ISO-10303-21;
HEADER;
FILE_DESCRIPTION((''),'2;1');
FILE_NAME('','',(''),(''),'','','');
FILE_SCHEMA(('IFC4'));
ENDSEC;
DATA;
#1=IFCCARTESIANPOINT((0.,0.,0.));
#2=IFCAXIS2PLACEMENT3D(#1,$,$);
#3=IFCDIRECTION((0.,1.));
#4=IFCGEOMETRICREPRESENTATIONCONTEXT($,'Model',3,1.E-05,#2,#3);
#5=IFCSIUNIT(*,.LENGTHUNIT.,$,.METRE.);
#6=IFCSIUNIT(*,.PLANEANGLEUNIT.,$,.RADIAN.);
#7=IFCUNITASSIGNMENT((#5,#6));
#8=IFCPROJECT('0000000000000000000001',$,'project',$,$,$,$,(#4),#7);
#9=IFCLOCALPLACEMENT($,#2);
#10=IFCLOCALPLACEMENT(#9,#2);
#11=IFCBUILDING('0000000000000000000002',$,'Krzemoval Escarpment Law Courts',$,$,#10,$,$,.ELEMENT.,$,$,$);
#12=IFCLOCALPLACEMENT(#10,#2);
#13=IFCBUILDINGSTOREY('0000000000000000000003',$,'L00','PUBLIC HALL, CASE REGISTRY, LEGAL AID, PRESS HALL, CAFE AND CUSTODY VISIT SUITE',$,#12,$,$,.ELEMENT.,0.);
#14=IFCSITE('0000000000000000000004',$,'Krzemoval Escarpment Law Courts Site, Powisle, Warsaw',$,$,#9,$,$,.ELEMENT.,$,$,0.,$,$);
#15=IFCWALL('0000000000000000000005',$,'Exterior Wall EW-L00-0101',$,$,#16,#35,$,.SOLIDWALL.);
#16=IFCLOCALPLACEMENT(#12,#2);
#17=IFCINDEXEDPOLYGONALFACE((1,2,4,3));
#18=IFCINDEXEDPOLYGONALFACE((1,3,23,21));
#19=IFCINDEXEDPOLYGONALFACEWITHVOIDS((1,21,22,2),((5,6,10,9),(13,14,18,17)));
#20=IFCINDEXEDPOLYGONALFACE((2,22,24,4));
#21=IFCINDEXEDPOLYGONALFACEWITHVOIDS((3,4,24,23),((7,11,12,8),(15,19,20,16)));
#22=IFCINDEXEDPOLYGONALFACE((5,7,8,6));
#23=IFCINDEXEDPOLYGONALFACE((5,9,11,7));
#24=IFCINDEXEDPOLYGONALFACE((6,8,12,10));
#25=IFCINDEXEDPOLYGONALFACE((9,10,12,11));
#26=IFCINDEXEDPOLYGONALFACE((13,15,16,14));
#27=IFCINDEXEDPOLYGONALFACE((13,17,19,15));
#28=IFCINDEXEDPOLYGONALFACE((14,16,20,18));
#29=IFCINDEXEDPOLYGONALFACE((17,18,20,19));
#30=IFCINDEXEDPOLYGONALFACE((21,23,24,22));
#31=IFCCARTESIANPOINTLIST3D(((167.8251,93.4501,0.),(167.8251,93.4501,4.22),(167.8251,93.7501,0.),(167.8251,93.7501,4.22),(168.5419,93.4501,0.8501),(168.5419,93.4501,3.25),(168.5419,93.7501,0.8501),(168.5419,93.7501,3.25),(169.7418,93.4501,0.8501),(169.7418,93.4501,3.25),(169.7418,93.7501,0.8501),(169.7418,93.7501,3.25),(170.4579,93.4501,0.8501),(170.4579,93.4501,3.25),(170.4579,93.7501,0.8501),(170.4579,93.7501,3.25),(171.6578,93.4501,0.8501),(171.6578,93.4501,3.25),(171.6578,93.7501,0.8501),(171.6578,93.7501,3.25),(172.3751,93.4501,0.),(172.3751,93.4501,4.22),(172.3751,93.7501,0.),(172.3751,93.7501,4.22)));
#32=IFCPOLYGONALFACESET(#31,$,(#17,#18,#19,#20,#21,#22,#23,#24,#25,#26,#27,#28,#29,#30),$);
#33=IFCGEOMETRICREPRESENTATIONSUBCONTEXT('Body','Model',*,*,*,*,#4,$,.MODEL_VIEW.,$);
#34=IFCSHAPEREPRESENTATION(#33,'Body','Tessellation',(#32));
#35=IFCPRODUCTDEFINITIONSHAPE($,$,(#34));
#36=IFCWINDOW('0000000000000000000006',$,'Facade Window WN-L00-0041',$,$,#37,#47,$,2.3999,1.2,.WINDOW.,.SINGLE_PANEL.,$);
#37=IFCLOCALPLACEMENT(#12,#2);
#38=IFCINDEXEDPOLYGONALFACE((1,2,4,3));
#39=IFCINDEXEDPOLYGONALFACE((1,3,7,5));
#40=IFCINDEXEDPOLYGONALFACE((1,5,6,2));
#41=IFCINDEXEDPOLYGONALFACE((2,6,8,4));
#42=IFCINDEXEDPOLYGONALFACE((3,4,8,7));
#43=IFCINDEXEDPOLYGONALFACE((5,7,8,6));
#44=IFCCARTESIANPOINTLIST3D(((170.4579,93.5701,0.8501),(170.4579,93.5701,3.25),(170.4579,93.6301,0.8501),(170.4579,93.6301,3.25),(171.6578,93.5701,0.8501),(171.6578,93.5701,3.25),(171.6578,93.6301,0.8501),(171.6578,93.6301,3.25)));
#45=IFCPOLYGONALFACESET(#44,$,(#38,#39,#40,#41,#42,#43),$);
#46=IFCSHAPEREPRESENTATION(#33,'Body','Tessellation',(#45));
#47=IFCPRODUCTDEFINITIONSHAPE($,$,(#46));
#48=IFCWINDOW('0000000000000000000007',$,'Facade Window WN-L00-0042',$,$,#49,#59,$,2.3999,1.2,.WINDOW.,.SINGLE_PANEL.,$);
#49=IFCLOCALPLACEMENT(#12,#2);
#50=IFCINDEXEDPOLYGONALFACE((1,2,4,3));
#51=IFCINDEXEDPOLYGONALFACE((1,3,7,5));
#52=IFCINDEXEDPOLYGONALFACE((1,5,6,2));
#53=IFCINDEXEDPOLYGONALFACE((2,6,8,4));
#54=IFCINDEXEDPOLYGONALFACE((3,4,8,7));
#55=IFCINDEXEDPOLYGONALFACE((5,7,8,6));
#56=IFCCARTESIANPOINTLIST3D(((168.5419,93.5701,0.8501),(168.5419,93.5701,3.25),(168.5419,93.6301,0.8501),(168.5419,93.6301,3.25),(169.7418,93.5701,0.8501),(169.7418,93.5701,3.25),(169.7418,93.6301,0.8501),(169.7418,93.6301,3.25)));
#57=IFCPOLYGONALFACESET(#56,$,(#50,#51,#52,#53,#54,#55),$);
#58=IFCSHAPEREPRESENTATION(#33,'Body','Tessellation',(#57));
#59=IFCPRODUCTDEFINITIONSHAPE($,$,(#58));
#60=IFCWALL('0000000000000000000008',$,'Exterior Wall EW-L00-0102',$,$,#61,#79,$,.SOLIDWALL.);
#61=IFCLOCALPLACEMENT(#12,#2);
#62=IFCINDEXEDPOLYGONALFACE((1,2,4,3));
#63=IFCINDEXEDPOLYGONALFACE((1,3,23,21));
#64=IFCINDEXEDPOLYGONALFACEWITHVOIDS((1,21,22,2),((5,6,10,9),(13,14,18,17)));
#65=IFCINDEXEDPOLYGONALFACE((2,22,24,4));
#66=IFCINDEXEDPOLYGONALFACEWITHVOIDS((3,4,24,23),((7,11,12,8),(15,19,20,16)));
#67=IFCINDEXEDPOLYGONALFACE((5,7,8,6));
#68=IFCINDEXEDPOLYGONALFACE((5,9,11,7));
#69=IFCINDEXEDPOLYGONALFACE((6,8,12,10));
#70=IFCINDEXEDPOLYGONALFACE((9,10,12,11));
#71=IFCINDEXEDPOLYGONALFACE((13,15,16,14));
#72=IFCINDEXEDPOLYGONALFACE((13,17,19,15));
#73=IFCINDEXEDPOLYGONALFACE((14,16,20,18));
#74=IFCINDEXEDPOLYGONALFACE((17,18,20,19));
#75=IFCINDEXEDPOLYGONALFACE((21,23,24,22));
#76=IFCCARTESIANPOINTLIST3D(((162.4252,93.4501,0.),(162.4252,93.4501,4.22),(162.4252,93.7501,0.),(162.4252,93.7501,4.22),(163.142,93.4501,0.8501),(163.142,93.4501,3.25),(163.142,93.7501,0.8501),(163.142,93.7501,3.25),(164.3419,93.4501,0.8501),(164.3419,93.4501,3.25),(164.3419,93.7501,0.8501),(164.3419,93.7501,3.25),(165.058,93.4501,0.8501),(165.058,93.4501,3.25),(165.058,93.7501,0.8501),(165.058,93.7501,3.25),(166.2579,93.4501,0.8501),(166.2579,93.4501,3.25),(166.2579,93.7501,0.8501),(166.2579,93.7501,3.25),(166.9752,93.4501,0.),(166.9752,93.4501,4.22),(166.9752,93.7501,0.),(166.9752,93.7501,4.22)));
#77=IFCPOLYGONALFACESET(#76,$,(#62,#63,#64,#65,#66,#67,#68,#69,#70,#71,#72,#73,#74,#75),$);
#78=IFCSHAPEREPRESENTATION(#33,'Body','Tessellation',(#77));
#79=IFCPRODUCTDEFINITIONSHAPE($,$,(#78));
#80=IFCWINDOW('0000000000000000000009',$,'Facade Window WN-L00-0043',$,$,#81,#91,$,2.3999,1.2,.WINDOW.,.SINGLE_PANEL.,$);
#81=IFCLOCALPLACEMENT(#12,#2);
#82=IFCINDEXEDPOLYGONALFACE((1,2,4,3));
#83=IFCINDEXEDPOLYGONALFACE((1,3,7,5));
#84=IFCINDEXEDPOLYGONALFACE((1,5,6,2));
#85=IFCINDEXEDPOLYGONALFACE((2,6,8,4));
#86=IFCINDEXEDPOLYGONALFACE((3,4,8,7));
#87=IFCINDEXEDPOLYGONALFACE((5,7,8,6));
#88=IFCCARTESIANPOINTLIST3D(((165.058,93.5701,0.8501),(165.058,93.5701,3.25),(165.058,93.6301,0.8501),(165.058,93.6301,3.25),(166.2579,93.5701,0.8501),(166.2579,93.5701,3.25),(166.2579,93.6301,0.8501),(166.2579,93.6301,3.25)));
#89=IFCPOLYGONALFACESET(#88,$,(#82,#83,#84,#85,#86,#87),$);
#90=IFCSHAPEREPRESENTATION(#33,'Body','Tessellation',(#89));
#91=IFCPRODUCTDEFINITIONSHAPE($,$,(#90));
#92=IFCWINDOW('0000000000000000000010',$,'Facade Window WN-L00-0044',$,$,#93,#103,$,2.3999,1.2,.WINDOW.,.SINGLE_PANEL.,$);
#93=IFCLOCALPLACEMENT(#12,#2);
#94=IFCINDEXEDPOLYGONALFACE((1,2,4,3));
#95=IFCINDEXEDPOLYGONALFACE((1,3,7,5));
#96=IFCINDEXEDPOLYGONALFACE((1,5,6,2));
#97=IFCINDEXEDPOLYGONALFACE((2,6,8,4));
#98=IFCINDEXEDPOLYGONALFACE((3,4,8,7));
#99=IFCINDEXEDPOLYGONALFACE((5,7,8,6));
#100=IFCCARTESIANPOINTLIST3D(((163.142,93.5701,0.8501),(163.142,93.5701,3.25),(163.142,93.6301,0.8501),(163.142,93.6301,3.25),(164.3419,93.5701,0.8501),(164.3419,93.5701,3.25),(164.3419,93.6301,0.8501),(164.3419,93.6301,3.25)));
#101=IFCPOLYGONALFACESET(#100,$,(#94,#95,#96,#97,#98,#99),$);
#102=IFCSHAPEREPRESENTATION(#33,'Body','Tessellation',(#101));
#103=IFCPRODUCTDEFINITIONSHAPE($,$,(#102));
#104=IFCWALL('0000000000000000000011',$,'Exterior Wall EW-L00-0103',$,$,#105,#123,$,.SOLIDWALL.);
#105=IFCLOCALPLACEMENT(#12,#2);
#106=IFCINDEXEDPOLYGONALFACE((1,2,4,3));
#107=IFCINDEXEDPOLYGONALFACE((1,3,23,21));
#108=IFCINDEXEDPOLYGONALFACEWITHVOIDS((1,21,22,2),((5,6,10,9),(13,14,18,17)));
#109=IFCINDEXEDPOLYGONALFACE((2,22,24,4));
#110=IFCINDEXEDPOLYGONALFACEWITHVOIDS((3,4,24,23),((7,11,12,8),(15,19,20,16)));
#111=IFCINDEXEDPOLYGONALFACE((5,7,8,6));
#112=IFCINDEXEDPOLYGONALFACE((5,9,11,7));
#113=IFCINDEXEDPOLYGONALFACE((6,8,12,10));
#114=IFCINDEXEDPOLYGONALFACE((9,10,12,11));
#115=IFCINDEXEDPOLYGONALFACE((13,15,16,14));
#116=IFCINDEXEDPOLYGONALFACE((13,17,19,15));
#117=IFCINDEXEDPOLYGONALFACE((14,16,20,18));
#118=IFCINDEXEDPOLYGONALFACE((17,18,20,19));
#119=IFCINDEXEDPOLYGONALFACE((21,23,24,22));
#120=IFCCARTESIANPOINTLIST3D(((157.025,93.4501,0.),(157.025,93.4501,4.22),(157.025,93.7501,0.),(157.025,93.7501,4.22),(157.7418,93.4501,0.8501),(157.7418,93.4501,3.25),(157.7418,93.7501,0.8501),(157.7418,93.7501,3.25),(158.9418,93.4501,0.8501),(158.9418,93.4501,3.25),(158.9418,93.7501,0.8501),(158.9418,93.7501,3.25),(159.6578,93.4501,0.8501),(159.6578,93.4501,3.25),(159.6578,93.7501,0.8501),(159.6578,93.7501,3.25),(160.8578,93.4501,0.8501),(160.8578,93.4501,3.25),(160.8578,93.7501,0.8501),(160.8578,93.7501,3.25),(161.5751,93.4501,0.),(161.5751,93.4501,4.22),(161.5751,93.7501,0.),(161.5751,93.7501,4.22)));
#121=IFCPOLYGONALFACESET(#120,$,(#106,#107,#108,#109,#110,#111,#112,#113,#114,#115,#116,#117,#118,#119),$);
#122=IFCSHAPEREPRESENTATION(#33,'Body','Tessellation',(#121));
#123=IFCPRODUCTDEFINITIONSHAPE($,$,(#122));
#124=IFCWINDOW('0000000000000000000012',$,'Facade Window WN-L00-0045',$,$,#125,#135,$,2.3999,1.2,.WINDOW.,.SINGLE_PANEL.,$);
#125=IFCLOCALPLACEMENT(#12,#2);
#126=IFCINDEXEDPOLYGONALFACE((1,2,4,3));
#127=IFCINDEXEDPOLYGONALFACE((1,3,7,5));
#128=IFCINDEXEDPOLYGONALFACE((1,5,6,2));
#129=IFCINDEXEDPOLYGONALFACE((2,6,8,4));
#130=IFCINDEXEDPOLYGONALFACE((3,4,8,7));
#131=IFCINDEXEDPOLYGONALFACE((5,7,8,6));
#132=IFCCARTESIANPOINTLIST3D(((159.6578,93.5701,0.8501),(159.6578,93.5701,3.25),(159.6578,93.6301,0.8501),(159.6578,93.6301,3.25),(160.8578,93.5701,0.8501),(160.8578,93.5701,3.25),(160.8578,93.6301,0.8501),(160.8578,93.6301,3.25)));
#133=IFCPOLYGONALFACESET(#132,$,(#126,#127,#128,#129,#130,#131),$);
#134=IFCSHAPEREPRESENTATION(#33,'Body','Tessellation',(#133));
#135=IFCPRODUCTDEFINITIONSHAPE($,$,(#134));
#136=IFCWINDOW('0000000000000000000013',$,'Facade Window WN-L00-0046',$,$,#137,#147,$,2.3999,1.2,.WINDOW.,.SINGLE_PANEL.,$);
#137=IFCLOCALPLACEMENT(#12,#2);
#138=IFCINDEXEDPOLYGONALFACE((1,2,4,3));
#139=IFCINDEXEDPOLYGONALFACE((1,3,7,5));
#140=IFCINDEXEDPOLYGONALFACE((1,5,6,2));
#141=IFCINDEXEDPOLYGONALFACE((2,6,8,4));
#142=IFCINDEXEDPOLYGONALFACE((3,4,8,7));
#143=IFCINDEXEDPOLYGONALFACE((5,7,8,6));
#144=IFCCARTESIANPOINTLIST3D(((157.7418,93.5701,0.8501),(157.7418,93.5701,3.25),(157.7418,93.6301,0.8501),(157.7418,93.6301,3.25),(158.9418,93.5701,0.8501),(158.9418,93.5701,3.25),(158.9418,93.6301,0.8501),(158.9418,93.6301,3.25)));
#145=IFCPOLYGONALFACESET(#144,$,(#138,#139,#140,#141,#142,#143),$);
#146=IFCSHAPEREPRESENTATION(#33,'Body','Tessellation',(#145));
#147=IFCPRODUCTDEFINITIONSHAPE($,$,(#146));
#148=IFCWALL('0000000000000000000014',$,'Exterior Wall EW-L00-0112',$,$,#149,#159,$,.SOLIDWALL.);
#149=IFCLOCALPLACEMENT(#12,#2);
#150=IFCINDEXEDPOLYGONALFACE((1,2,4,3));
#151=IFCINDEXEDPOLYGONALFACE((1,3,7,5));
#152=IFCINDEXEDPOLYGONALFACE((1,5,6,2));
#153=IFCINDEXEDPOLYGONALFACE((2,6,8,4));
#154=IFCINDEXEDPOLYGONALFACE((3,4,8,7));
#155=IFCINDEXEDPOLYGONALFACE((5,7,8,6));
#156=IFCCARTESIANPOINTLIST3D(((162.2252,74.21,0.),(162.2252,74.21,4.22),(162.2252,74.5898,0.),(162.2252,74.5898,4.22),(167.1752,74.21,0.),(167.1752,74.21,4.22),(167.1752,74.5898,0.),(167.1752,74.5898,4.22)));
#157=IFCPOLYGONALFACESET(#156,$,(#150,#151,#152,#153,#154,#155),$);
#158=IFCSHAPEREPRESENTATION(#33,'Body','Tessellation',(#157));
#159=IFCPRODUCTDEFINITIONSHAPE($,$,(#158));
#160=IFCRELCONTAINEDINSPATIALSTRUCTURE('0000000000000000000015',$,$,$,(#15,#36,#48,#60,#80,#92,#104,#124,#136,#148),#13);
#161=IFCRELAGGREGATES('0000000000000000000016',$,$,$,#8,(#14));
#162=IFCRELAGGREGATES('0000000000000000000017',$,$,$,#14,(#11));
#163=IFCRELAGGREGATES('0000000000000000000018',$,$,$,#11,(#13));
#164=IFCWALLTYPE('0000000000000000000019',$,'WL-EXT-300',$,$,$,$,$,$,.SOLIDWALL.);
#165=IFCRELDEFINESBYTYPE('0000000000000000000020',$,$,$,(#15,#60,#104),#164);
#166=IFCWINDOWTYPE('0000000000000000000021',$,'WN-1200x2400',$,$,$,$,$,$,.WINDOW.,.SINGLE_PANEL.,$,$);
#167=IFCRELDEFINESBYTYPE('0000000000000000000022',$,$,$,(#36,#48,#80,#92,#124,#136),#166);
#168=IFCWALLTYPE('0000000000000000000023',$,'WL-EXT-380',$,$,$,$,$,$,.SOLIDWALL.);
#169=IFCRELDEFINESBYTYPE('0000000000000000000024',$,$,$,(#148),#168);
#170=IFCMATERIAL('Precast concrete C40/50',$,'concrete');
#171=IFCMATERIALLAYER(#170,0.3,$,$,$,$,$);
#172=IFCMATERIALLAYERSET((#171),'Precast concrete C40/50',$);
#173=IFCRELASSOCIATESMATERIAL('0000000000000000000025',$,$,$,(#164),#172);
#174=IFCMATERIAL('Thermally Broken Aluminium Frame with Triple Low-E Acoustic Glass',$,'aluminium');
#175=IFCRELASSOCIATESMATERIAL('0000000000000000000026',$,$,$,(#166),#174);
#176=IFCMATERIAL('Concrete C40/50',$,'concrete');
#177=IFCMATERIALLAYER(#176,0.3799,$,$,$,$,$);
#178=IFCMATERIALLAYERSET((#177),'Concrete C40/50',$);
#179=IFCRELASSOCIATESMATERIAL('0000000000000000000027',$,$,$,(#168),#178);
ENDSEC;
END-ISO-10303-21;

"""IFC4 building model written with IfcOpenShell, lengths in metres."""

from ifc_helpers import new_model, si_unit, direction, frame, frame_2d, origin, place, context, subcontext, project, spatial, rectangle, extrude, material, layer, layer_set, type_object, element, fill, save


model = new_model("IFC4")

# Units and contexts
model_context = context("Model", 3, precision=1e-05, world=origin(), true_north=direction((0.0, 1.0)))
body_context = subcontext(model_context, "Body", "Model", "MODEL_VIEW")
ifc_project = project(units=[si_unit("LENGTHUNIT", "METRE"), si_unit("PLANEANGLEUNIT", "RADIAN")], contexts=[model_context])

# Site, building, storey
site_placement = place(None, origin())
site = spatial("IfcSite", under=ifc_project, at=site_placement, Name="Krzemoval Escarpment Law Courts Site, Powisle, Warsaw", CompositionType="ELEMENT", RefElevation=0.0)
building_placement = place(site_placement, origin())
building = spatial("IfcBuilding", under=site, at=building_placement, Name="Krzemoval Escarpment Law Courts", CompositionType="ELEMENT")
storey_placement = place(building_placement, origin())
storey = spatial("IfcBuildingStorey", under=building, at=storey_placement, Name="L00", Description="PUBLIC HALL, CASE REGISTRY, LEGAL AID, PRESS HALL, CAFE AND CUSTODY VISIT SUITE", CompositionType="ELEMENT", Elevation=0.0)

# Walls, openings, windows
ifc_material_1 = material(Name="Precast concrete C40/50", Category="concrete")
ifc_layer_1 = layer(ifc_material_1, 0.3)
ifc_layer_set_1 = layer_set([ifc_layer_1], Name="Precast concrete C40/50")
wall_type_1 = type_object("IfcWallType", Name="WL-EXT-300", PredefinedType="SOLIDWALL", material=ifc_layer_set_1)
wall_1_placement = place(storey_placement, frame((172.375, 93.6001, 0.0), z_axis=(0.0, 0.0, 1.0), x_axis=(-1.0, 0.0, 0.0)))
wall_1 = element("IfcWall", 1, at=wall_1_placement, inside=storey, type_object=wall_type_1, Name="Exterior Wall EW-L00-0101", PredefinedType="SOLIDWALL", context=body_context, shape_type="SweptSolid", body=[
    extrude(rectangle(XDim=4.55, YDim=0.3, at=frame_2d((2.2749, 0.0))), origin(), (0.0, 0.0, 1.0), 4.22),
])
opening_1_placement = place(wall_1_placement, frame((0.717, 0.0, 0.8501)))
opening_1 = element("IfcOpeningElement", 2, at=opening_1_placement, cuts=wall_1, PredefinedType="OPENING", context=body_context, shape_type="SweptSolid", body=[
    extrude(rectangle(XDim=1.2, YDim=2.3999, at=frame_2d((0.6001, 1.2))), frame((0.0, 0.165, 0.0), z_axis=(0.0, -1.0, 0.0), x_axis=(1.0, 0.0, 0.0)), (0.0, 0.0, 1.0), 0.3301),
])
opening_2_placement = place(wall_1_placement, frame((2.6331, 0.0, 0.8501)))
opening_2 = element("IfcOpeningElement", 3, at=opening_2_placement, cuts=wall_1, PredefinedType="OPENING", context=body_context, shape_type="SweptSolid", body=[
    extrude(rectangle(XDim=1.2, YDim=2.3999, at=frame_2d((0.6001, 1.2))), frame((0.0, 0.165, 0.0), z_axis=(0.0, -1.0, 0.0), x_axis=(1.0, 0.0, 0.0)), (0.0, 0.0, 1.0), 0.3301),
])
ifc_material_2 = material(Name="Thermally Broken Aluminium Frame with Triple Low-E Acoustic Glass", Category="aluminium")
window_type_1 = type_object("IfcWindowType", Name="WN-1200x2400", PartitioningType="SINGLE_PANEL", PredefinedType="WINDOW", material=ifc_material_2)
window_1_placement = place(opening_1_placement, origin())
window_1 = element("IfcWindow", 4, at=window_1_placement, inside=storey, type_object=window_type_1, Name="Facade Window WN-L00-0041", OverallHeight=2.3999, OverallWidth=1.2, PartitioningType="SINGLE_PANEL", PredefinedType="WINDOW", context=body_context, shape_type="SweptSolid", body=[
    extrude(rectangle(XDim=1.2, YDim=2.3999, at=frame_2d((0.6001, 1.2))), frame((0.0, 0.03, 0.0), z_axis=(0.0, -1.0, 0.0), x_axis=(1.0, 0.0, 0.0)), (0.0, 0.0, 1.0), 0.0601),
])
fill(opening_1, window_1)
window_2_placement = place(opening_2_placement, origin())
window_2 = element("IfcWindow", 5, at=window_2_placement, inside=storey, type_object=window_type_1, Name="Facade Window WN-L00-0042", OverallHeight=2.3999, OverallWidth=1.2, PartitioningType="SINGLE_PANEL", PredefinedType="WINDOW", context=body_context, shape_type="SweptSolid", body=[
    extrude(rectangle(XDim=1.2, YDim=2.3999, at=frame_2d((0.6001, 1.2))), frame((0.0, 0.03, 0.0), z_axis=(0.0, -1.0, 0.0), x_axis=(1.0, 0.0, 0.0)), (0.0, 0.0, 1.0), 0.0601),
])
fill(opening_2, window_2)
wall_2_placement = place(storey_placement, frame((166.9751, 93.6001, 0.0), z_axis=(0.0, 0.0, 1.0), x_axis=(-1.0, 0.0, 0.0)))
wall_2 = element("IfcWall", 6, at=wall_2_placement, inside=storey, type_object=wall_type_1, Name="Exterior Wall EW-L00-0102", PredefinedType="SOLIDWALL", context=body_context, shape_type="SweptSolid", body=[
    extrude(rectangle(XDim=4.55, YDim=0.3, at=frame_2d((2.2749, 0.0))), origin(), (0.0, 0.0, 1.0), 4.22),
])
opening_3_placement = place(wall_2_placement, frame((0.717, 0.0, 0.8501)))
opening_3 = element("IfcOpeningElement", 7, at=opening_3_placement, cuts=wall_2, PredefinedType="OPENING", context=body_context, shape_type="SweptSolid", body=[
    extrude(rectangle(XDim=1.2, YDim=2.3999, at=frame_2d((0.6001, 1.2))), frame((0.0, 0.165, 0.0), z_axis=(0.0, -1.0, 0.0), x_axis=(1.0, 0.0, 0.0)), (0.0, 0.0, 1.0), 0.3301),
])
opening_4_placement = place(wall_2_placement, frame((2.6331, 0.0, 0.8501)))
opening_4 = element("IfcOpeningElement", 8, at=opening_4_placement, cuts=wall_2, PredefinedType="OPENING", context=body_context, shape_type="SweptSolid", body=[
    extrude(rectangle(XDim=1.2, YDim=2.3999, at=frame_2d((0.6001, 1.2))), frame((0.0, 0.165, 0.0), z_axis=(0.0, -1.0, 0.0), x_axis=(1.0, 0.0, 0.0)), (0.0, 0.0, 1.0), 0.3301),
])
window_3_placement = place(opening_3_placement, origin())
window_3 = element("IfcWindow", 9, at=window_3_placement, inside=storey, type_object=window_type_1, Name="Facade Window WN-L00-0043", OverallHeight=2.3999, OverallWidth=1.2, PartitioningType="SINGLE_PANEL", PredefinedType="WINDOW", context=body_context, shape_type="SweptSolid", body=[
    extrude(rectangle(XDim=1.2, YDim=2.3999, at=frame_2d((0.6001, 1.2))), frame((0.0, 0.03, 0.0), z_axis=(0.0, -1.0, 0.0), x_axis=(1.0, 0.0, 0.0)), (0.0, 0.0, 1.0), 0.0601),
])
fill(opening_3, window_3)
window_4_placement = place(opening_4_placement, origin())
window_4 = element("IfcWindow", 10, at=window_4_placement, inside=storey, type_object=window_type_1, Name="Facade Window WN-L00-0044", OverallHeight=2.3999, OverallWidth=1.2, PartitioningType="SINGLE_PANEL", PredefinedType="WINDOW", context=body_context, shape_type="SweptSolid", body=[
    extrude(rectangle(XDim=1.2, YDim=2.3999, at=frame_2d((0.6001, 1.2))), frame((0.0, 0.03, 0.0), z_axis=(0.0, -1.0, 0.0), x_axis=(1.0, 0.0, 0.0)), (0.0, 0.0, 1.0), 0.0601),
])
fill(opening_4, window_4)
wall_3_placement = place(storey_placement, frame((161.575, 93.6001, 0.0), z_axis=(0.0, 0.0, 1.0), x_axis=(-1.0, 0.0, 0.0)))
wall_3 = element("IfcWall", 11, at=wall_3_placement, inside=storey, type_object=wall_type_1, Name="Exterior Wall EW-L00-0103", PredefinedType="SOLIDWALL", context=body_context, shape_type="SweptSolid", body=[
    extrude(rectangle(XDim=4.55, YDim=0.3, at=frame_2d((2.2749, 0.0))), origin(), (0.0, 0.0, 1.0), 4.22),
])
opening_5_placement = place(wall_3_placement, frame((0.717, 0.0, 0.8501)))
opening_5 = element("IfcOpeningElement", 12, at=opening_5_placement, cuts=wall_3, PredefinedType="OPENING", context=body_context, shape_type="SweptSolid", body=[
    extrude(rectangle(XDim=1.2, YDim=2.3999, at=frame_2d((0.6001, 1.2))), frame((0.0, 0.165, 0.0), z_axis=(0.0, -1.0, 0.0), x_axis=(1.0, 0.0, 0.0)), (0.0, 0.0, 1.0), 0.3301),
])
opening_6_placement = place(wall_3_placement, frame((2.6331, 0.0, 0.8501)))
opening_6 = element("IfcOpeningElement", 13, at=opening_6_placement, cuts=wall_3, PredefinedType="OPENING", context=body_context, shape_type="SweptSolid", body=[
    extrude(rectangle(XDim=1.2, YDim=2.3999, at=frame_2d((0.6001, 1.2))), frame((0.0, 0.165, 0.0), z_axis=(0.0, -1.0, 0.0), x_axis=(1.0, 0.0, 0.0)), (0.0, 0.0, 1.0), 0.3301),
])
window_5_placement = place(opening_5_placement, origin())
window_5 = element("IfcWindow", 14, at=window_5_placement, inside=storey, type_object=window_type_1, Name="Facade Window WN-L00-0045", OverallHeight=2.3999, OverallWidth=1.2, PartitioningType="SINGLE_PANEL", PredefinedType="WINDOW", context=body_context, shape_type="SweptSolid", body=[
    extrude(rectangle(XDim=1.2, YDim=2.3999, at=frame_2d((0.6001, 1.2))), frame((0.0, 0.03, 0.0), z_axis=(0.0, -1.0, 0.0), x_axis=(1.0, 0.0, 0.0)), (0.0, 0.0, 1.0), 0.0601),
])
fill(opening_5, window_5)
window_6_placement = place(opening_6_placement, origin())
window_6 = element("IfcWindow", 15, at=window_6_placement, inside=storey, type_object=window_type_1, Name="Facade Window WN-L00-0046", OverallHeight=2.3999, OverallWidth=1.2, PartitioningType="SINGLE_PANEL", PredefinedType="WINDOW", context=body_context, shape_type="SweptSolid", body=[
    extrude(rectangle(XDim=1.2, YDim=2.3999, at=frame_2d((0.6001, 1.2))), frame((0.0, 0.03, 0.0), z_axis=(0.0, -1.0, 0.0), x_axis=(1.0, 0.0, 0.0)), (0.0, 0.0, 1.0), 0.0601),
])
fill(opening_6, window_6)

# Wall
ifc_material_3 = material(Name="Concrete C40/50", Category="concrete")
ifc_layer_2 = layer(ifc_material_3, 0.3799)
ifc_layer_set_2 = layer_set([ifc_layer_2], Name="Concrete C40/50")
wall_type_2 = type_object("IfcWallType", Name="WL-EXT-380", PredefinedType="SOLIDWALL", material=ifc_layer_set_2)
wall_4_placement = place(storey_placement, frame((162.2251, 74.3999, 0.0), z_axis=(0.0, 0.0, 1.0), x_axis=(1.0, 0.0, 0.0)))
element("IfcWall", 16, at=wall_4_placement, inside=storey, type_object=wall_type_2, Name="Exterior Wall EW-L00-0112", PredefinedType="SOLIDWALL", context=body_context, shape_type="SweptSolid", body=[
    extrude(rectangle(XDim=4.95, YDim=0.3799, at=frame_2d((2.4751, 0.0))), origin(), (0.0, 0.0, 1.0), 4.22),
])

save(model, "model.ifc")
